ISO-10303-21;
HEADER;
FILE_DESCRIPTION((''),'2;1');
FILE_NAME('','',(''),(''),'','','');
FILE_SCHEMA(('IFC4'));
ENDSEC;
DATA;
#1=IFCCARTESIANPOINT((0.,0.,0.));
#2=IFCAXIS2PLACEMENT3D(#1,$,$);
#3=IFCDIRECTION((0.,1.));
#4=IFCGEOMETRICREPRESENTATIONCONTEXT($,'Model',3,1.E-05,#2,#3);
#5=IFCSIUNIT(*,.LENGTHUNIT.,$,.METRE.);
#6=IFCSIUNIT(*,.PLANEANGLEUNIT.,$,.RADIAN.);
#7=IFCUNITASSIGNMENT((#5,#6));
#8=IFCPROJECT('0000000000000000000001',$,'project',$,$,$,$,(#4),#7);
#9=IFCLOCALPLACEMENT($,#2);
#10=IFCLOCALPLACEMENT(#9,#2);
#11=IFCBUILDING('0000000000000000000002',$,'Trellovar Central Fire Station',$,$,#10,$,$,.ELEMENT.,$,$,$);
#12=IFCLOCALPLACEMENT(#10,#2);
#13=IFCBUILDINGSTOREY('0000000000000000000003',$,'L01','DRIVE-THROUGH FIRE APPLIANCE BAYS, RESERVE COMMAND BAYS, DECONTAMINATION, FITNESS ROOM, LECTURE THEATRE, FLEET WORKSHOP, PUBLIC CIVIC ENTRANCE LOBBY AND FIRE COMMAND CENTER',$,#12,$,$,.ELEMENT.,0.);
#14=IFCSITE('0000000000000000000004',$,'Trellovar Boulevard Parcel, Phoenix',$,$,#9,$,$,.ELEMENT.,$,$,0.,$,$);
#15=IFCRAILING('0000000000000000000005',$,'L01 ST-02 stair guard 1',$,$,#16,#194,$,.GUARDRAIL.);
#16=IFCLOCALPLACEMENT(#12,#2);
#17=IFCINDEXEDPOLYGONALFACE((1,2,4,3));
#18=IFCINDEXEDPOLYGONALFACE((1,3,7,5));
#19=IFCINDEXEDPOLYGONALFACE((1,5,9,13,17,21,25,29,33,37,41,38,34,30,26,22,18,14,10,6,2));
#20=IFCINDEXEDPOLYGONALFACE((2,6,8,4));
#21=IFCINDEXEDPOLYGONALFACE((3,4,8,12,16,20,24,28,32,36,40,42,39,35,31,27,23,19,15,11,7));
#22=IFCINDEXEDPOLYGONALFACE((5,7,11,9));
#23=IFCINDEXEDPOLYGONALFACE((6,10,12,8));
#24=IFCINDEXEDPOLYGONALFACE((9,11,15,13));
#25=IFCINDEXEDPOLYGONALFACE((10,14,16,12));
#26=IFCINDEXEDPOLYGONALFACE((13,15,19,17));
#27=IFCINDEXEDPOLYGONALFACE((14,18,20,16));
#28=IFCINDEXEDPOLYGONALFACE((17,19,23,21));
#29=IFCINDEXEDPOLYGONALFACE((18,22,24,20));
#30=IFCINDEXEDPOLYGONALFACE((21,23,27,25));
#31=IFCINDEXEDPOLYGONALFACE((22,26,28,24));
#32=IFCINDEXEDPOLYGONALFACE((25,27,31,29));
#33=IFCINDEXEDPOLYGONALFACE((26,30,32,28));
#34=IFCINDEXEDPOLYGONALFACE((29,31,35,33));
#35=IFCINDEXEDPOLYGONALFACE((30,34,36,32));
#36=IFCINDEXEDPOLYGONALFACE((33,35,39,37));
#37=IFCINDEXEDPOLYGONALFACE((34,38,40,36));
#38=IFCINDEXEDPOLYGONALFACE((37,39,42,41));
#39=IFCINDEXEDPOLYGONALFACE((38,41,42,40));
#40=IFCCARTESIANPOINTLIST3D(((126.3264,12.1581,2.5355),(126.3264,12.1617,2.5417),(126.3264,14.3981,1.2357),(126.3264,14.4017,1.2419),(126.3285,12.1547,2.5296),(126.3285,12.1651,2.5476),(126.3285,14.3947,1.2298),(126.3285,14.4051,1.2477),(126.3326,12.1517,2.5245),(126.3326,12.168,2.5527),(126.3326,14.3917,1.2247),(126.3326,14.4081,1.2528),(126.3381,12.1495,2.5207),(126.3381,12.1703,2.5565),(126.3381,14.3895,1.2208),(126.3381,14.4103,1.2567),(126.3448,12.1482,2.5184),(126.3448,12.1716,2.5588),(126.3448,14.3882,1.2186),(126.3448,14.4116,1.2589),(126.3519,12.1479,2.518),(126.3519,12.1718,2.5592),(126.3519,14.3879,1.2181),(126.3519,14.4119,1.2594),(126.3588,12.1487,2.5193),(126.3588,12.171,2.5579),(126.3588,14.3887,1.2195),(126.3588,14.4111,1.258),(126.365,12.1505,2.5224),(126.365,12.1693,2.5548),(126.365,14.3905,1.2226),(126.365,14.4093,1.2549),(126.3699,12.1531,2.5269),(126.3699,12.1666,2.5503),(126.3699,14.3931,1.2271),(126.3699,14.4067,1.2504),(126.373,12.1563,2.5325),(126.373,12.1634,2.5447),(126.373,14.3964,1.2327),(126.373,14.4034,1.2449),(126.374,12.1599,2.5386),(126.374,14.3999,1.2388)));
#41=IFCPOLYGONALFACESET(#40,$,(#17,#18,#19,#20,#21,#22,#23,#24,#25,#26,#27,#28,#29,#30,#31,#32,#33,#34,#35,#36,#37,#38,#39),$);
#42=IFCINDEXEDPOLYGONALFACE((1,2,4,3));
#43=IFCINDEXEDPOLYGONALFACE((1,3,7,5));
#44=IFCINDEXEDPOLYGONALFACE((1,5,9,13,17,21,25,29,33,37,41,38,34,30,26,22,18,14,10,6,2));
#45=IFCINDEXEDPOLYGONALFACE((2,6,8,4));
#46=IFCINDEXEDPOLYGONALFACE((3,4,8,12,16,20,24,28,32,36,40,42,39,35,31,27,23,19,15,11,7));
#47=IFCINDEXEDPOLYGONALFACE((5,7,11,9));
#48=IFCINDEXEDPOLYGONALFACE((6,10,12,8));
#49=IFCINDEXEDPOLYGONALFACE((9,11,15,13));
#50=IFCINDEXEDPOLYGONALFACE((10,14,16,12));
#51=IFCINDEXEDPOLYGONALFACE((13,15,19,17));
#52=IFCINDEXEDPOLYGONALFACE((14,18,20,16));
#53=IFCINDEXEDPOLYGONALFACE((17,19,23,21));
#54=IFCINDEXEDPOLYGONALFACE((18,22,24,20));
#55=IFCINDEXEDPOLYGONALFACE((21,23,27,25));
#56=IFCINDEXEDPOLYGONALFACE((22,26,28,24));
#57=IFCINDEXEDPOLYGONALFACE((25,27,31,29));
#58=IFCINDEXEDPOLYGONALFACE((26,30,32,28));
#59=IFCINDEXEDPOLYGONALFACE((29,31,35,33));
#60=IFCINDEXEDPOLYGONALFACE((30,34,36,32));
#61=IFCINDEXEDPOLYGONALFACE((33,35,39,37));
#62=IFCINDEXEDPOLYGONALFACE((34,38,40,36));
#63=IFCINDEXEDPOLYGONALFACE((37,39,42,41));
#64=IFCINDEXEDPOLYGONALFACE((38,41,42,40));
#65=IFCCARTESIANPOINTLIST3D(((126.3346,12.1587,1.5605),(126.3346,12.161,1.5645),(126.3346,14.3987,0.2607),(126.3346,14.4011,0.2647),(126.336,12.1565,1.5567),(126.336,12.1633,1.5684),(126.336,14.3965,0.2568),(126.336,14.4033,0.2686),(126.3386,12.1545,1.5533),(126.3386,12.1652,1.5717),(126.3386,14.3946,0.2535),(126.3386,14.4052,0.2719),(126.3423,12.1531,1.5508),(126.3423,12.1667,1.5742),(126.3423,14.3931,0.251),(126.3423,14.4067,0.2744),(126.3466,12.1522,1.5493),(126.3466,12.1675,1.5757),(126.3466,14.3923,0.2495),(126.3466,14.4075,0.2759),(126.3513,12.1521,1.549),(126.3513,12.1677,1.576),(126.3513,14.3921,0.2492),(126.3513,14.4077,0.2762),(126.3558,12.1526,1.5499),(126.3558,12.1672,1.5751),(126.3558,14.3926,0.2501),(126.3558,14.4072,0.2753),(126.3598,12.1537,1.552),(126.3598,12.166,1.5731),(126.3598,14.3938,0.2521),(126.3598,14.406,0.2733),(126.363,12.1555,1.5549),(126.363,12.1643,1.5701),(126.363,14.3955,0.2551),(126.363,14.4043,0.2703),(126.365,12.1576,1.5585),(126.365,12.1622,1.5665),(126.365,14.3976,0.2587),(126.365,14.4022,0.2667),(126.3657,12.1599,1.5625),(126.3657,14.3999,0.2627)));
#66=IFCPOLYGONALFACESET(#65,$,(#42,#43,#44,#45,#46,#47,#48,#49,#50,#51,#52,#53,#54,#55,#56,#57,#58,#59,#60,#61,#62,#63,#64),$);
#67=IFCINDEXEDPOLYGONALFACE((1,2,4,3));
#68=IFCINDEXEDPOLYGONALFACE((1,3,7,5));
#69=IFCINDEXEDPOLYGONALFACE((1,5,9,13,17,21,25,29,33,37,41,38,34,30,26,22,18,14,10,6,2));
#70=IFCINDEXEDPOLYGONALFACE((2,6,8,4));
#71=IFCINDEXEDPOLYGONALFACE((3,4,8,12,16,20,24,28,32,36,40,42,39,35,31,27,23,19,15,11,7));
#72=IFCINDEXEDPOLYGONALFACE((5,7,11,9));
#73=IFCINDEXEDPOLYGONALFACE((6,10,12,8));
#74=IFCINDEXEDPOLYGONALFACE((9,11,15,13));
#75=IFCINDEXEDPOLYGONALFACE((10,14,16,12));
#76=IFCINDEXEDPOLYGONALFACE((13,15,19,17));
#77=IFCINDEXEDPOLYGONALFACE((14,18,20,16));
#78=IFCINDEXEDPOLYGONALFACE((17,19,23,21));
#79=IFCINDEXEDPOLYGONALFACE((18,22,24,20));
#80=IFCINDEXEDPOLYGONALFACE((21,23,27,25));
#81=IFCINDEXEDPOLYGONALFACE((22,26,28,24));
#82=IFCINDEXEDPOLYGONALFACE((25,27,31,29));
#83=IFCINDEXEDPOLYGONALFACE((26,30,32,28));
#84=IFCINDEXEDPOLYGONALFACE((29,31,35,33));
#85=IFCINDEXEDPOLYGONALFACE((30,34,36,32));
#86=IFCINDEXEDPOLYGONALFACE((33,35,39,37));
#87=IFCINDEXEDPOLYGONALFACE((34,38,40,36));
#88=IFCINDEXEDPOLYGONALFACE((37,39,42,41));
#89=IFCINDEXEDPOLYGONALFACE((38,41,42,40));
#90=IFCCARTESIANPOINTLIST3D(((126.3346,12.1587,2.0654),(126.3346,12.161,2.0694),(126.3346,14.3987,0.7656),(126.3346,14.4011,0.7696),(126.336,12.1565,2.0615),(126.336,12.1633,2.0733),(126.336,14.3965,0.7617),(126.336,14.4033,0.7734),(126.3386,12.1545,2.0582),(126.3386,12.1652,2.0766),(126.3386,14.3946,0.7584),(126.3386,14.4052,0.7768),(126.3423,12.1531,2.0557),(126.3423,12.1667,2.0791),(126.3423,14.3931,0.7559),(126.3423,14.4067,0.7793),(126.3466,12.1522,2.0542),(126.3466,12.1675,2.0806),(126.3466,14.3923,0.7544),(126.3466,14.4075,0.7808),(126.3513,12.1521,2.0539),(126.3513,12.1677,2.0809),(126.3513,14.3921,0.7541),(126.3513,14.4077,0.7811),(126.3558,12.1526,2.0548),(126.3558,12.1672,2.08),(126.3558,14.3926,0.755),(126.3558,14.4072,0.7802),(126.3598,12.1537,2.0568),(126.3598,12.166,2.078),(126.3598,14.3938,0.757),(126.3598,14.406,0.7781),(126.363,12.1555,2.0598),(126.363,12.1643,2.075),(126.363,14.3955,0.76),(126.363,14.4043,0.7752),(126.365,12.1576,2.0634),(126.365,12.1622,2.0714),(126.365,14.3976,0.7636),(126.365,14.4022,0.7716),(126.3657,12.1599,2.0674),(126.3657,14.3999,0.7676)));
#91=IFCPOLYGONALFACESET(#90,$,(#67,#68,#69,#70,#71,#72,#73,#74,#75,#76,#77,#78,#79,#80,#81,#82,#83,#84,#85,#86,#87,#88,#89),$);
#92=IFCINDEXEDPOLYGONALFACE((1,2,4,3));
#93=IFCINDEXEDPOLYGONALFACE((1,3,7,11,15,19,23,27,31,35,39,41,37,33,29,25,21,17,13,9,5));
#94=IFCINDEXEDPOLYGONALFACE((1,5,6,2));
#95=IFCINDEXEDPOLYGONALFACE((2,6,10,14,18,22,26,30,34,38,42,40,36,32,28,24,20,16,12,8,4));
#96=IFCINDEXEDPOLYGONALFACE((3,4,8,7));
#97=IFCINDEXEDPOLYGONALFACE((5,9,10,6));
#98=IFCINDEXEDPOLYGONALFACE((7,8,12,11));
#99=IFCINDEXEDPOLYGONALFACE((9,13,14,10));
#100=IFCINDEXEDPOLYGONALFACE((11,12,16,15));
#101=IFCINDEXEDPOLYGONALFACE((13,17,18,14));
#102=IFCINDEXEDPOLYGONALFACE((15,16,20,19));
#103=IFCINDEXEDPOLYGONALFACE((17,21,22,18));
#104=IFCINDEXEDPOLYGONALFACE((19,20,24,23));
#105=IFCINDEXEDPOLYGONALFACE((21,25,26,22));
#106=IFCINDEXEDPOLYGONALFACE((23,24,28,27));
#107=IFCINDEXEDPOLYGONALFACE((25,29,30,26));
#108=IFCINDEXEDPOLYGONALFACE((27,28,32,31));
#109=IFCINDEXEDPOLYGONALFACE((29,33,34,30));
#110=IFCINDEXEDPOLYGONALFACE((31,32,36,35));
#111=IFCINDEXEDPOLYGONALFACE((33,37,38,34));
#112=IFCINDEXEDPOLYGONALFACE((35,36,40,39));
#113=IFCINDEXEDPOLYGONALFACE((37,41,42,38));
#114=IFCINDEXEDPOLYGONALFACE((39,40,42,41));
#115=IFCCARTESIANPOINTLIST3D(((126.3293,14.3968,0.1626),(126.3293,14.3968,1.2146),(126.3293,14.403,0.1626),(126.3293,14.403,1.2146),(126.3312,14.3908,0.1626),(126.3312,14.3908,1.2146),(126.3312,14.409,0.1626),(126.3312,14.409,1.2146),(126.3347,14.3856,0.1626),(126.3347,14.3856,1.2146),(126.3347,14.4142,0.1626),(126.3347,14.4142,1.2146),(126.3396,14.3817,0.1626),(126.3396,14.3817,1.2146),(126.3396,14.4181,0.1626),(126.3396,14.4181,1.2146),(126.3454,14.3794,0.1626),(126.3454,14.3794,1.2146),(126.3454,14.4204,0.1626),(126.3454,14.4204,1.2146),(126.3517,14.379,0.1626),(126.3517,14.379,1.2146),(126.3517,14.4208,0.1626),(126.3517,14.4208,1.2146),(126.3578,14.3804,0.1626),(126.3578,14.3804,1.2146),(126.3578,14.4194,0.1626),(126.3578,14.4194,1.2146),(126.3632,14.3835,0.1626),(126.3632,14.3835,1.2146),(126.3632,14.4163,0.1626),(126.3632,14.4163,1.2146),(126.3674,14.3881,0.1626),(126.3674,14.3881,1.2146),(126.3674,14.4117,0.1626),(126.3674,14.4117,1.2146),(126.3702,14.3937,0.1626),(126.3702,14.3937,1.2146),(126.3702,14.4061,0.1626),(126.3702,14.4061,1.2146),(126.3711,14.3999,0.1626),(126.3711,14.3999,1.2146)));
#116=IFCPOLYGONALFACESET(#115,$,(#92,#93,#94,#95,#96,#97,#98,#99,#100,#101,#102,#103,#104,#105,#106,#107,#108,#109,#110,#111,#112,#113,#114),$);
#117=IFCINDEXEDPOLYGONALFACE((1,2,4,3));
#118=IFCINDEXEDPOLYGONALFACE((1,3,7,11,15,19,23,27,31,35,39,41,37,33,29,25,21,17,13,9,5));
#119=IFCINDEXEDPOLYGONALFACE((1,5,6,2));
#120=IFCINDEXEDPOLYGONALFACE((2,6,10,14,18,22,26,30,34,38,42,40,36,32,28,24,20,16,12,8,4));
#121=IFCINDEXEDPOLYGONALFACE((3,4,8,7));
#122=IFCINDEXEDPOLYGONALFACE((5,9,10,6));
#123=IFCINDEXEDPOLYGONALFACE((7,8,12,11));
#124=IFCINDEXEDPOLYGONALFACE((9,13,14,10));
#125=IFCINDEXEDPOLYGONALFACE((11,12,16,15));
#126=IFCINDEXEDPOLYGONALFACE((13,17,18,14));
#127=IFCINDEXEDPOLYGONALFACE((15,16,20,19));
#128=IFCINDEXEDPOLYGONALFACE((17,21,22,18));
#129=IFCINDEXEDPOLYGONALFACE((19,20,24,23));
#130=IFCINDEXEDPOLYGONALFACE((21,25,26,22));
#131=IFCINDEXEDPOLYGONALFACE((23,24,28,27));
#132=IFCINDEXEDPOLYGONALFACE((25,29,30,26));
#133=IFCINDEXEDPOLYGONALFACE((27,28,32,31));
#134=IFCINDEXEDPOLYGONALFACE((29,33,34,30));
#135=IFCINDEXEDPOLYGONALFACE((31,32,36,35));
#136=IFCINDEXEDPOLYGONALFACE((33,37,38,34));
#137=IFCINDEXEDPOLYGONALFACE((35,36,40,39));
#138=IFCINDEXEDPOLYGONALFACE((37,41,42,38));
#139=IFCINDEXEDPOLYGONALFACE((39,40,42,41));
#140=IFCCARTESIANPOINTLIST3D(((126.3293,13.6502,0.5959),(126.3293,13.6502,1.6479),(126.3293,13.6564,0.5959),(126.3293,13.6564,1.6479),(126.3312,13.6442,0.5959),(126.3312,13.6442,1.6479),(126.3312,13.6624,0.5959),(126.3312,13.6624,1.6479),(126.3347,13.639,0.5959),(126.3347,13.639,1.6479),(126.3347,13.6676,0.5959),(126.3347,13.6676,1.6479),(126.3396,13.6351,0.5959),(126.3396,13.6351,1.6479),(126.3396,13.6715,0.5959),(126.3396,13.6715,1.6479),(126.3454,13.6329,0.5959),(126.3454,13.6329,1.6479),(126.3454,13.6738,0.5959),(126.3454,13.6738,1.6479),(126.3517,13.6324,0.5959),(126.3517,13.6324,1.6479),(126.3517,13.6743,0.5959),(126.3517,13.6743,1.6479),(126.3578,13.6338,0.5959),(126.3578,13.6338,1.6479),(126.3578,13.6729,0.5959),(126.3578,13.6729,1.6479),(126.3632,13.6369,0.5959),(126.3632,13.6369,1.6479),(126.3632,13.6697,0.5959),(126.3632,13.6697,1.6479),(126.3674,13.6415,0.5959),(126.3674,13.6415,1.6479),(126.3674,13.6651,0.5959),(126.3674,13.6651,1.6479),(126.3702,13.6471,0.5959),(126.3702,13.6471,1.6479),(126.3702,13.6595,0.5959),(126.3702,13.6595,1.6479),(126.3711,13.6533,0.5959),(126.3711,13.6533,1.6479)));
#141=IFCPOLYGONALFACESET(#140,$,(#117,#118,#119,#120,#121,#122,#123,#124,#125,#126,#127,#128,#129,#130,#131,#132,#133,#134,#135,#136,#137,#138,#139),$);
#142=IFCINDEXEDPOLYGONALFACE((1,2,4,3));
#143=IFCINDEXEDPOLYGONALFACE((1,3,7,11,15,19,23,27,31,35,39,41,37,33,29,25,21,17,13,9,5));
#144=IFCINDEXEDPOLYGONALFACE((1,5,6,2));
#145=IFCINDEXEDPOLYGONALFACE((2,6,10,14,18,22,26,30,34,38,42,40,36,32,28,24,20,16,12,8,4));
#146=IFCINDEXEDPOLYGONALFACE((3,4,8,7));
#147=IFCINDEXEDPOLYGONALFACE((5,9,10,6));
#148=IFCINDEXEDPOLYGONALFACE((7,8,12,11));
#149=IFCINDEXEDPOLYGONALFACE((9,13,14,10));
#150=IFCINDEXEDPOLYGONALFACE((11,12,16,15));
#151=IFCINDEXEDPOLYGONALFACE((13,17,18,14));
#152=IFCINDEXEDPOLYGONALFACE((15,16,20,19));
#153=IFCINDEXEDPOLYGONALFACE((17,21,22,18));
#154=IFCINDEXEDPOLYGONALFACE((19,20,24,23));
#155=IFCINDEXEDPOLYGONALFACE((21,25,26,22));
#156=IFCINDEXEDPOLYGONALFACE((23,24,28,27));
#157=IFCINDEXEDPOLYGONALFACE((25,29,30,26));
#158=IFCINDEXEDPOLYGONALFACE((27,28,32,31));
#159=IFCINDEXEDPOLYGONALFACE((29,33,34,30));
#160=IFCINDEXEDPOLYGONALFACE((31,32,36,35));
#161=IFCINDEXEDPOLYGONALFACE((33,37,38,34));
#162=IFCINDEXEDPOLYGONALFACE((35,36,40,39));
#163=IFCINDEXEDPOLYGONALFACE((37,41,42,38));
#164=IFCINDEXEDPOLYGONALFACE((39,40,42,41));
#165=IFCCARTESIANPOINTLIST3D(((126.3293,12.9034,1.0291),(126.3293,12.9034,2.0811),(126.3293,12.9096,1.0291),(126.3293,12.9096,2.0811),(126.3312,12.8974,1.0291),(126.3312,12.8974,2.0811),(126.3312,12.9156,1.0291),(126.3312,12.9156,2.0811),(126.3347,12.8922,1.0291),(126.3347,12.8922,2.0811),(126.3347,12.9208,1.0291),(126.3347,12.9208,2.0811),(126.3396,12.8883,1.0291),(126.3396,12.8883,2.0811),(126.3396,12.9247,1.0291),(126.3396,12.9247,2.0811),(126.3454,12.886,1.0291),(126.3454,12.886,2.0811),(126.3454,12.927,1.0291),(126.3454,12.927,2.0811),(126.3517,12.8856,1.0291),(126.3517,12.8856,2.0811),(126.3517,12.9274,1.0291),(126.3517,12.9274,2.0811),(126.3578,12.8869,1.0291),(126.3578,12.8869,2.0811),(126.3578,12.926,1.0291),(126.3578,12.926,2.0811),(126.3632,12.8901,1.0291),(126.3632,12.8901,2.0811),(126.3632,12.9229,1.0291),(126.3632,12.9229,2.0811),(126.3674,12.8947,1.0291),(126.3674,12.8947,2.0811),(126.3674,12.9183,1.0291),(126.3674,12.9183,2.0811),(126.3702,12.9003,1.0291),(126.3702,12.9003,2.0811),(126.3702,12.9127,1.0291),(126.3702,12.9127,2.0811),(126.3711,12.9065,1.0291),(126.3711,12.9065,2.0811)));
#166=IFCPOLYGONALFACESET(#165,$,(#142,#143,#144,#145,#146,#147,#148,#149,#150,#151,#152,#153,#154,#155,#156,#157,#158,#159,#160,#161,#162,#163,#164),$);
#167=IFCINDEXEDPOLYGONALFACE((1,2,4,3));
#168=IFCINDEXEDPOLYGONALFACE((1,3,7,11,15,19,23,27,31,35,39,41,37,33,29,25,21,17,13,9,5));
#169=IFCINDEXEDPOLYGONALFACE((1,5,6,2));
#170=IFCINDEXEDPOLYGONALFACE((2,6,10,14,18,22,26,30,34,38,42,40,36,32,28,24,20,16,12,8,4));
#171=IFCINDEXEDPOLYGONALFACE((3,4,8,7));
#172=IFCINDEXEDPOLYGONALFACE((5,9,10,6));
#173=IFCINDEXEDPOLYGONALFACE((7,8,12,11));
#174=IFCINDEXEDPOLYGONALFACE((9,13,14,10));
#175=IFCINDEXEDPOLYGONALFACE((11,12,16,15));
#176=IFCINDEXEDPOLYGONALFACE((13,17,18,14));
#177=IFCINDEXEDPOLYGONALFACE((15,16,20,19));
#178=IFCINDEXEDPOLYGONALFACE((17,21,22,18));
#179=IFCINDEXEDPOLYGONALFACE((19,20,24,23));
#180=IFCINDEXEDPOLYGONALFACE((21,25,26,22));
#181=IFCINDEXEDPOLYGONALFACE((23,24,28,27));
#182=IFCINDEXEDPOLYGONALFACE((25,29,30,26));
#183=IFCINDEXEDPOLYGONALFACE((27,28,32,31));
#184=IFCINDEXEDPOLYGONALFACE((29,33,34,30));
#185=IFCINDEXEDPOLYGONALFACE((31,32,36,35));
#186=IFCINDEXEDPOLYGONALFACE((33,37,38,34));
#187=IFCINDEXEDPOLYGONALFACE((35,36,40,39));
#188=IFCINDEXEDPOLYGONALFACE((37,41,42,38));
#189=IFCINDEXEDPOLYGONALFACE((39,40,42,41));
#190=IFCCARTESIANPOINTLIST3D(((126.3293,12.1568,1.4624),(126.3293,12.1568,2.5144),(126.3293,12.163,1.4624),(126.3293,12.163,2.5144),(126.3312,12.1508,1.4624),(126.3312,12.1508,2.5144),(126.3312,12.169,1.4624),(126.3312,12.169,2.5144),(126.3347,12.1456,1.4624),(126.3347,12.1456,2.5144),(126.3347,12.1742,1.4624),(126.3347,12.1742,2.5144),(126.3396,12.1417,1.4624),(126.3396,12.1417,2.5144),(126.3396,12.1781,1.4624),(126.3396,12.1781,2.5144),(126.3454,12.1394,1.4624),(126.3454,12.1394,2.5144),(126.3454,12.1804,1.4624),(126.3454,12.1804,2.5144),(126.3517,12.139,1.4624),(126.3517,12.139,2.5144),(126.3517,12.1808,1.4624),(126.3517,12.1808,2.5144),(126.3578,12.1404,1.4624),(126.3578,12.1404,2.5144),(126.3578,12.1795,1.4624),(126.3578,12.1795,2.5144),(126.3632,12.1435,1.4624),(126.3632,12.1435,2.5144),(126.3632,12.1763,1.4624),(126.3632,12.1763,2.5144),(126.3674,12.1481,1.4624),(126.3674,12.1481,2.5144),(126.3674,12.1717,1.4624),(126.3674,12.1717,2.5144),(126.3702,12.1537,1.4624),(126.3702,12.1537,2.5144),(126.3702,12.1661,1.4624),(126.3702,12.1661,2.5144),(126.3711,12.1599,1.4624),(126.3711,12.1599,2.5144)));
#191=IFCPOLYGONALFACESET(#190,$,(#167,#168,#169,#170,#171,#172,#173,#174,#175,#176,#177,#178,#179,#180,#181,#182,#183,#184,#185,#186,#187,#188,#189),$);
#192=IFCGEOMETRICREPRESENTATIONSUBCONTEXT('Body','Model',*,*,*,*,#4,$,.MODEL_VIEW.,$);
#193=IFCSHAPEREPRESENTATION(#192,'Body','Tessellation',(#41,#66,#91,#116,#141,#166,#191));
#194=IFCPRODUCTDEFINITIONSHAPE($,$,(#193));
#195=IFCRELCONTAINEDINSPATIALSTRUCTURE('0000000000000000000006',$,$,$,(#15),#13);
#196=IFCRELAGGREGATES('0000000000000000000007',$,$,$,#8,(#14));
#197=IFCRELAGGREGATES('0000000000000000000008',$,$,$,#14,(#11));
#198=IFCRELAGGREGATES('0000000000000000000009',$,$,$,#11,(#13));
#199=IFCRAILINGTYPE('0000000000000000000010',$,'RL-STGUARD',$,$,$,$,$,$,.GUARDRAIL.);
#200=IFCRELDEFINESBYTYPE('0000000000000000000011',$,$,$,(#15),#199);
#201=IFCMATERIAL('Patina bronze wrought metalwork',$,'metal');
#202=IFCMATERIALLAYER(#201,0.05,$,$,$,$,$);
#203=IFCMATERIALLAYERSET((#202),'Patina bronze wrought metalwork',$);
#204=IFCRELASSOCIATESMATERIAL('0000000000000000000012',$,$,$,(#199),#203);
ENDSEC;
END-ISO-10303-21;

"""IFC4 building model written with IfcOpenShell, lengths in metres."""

from ifc_helpers import new_model, si_unit, direction, frame, origin, origin_2d, place, context, subcontext, project, spatial, circle, extrude, material, layer, layer_set, type_object, element, save


model = new_model("IFC4")

# Units and contexts
model_context = context("Model", 3, precision=1e-05, world=origin(), true_north=direction((0.0, 1.0)))
body_context = subcontext(model_context, "Body", "Model", "MODEL_VIEW")
ifc_project = project(units=[si_unit("LENGTHUNIT", "METRE"), si_unit("PLANEANGLEUNIT", "RADIAN")], contexts=[model_context])

# Site, building, storey
site_placement = place(None, origin())
site = spatial("IfcSite", under=ifc_project, at=site_placement, Name="Trellovar Boulevard Parcel, Phoenix", CompositionType="ELEMENT", RefElevation=0.0)
building_placement = place(site_placement, origin())
building = spatial("IfcBuilding", under=site, at=building_placement, Name="Trellovar Central Fire Station", CompositionType="ELEMENT")
storey_placement = place(building_placement, origin())
storey = spatial("IfcBuildingStorey", under=building, at=storey_placement, Name="L01", Description="DRIVE-THROUGH FIRE APPLIANCE BAYS, RESERVE COMMAND BAYS, DECONTAMINATION, FITNESS ROOM, LECTURE THEATRE, FLEET WORKSHOP, PUBLIC CIVIC ENTRANCE LOBBY AND FIRE COMMAND CENTER", CompositionType="ELEMENT", Elevation=0.0)

# Railing
ifc_material_1 = material(Name="Patina bronze wrought metalwork", Category="metal")
ifc_layer_1 = layer(ifc_material_1, 0.05)
ifc_layer_set_1 = layer_set([ifc_layer_1], Name="Patina bronze wrought metalwork")
railing_type_1 = type_object("IfcRailingType", Name="RL-STGUARD", PredefinedType="GUARDRAIL", material=ifc_layer_set_1)
railing_1_placement = place(storey_placement, frame((126.3501, 14.3999, 0.1626)))
element("IfcRailing", 1, at=railing_1_placement, inside=storey, type_object=railing_type_1, Name="L01 ST-02 stair guard 1", PredefinedType="GUARDRAIL", context=body_context, shape_type="SweptSolid", body=[
    extrude(circle(Radius=0.0239, at=origin_2d()), frame((0.0, 0.0, 1.0762), z_axis=(0.0, -0.864929, 0.501894), x_axis=(1.0, 0.0, 0.0)), (0.0, 0.0, 1.0), 2.5898),
    extrude(circle(Radius=0.0156, at=origin_2d()), frame((0.0, 0.0, 0.1001), z_axis=(0.0, -0.864929, 0.501894), x_axis=(1.0, 0.0, 0.0)), (0.0, 0.0, 1.0), 2.5898),
    extrude(circle(Radius=0.0156, at=origin_2d()), frame((0.0, 0.0, 0.605), z_axis=(0.0, -0.864929, 0.501894), x_axis=(1.0, 0.0, 0.0)), (0.0, 0.0, 1.0), 2.5898),
    extrude(circle(Radius=0.021, at=origin_2d()), origin(), (0.0, 0.0, 1.0), 1.052),
    extrude(circle(Radius=0.021, at=origin_2d()), frame((0.0, -0.7466, 0.4333)), (0.0, 0.0, 1.0), 1.052),
    extrude(circle(Radius=0.021, at=origin_2d()), frame((0.0, -1.4934, 0.8665)), (0.0, 0.0, 1.0), 1.052),
    extrude(circle(Radius=0.021, at=origin_2d()), frame((0.0, -2.24, 1.2998)), (0.0, 0.0, 1.0), 1.052),
])

save(model, "model.ifc")
